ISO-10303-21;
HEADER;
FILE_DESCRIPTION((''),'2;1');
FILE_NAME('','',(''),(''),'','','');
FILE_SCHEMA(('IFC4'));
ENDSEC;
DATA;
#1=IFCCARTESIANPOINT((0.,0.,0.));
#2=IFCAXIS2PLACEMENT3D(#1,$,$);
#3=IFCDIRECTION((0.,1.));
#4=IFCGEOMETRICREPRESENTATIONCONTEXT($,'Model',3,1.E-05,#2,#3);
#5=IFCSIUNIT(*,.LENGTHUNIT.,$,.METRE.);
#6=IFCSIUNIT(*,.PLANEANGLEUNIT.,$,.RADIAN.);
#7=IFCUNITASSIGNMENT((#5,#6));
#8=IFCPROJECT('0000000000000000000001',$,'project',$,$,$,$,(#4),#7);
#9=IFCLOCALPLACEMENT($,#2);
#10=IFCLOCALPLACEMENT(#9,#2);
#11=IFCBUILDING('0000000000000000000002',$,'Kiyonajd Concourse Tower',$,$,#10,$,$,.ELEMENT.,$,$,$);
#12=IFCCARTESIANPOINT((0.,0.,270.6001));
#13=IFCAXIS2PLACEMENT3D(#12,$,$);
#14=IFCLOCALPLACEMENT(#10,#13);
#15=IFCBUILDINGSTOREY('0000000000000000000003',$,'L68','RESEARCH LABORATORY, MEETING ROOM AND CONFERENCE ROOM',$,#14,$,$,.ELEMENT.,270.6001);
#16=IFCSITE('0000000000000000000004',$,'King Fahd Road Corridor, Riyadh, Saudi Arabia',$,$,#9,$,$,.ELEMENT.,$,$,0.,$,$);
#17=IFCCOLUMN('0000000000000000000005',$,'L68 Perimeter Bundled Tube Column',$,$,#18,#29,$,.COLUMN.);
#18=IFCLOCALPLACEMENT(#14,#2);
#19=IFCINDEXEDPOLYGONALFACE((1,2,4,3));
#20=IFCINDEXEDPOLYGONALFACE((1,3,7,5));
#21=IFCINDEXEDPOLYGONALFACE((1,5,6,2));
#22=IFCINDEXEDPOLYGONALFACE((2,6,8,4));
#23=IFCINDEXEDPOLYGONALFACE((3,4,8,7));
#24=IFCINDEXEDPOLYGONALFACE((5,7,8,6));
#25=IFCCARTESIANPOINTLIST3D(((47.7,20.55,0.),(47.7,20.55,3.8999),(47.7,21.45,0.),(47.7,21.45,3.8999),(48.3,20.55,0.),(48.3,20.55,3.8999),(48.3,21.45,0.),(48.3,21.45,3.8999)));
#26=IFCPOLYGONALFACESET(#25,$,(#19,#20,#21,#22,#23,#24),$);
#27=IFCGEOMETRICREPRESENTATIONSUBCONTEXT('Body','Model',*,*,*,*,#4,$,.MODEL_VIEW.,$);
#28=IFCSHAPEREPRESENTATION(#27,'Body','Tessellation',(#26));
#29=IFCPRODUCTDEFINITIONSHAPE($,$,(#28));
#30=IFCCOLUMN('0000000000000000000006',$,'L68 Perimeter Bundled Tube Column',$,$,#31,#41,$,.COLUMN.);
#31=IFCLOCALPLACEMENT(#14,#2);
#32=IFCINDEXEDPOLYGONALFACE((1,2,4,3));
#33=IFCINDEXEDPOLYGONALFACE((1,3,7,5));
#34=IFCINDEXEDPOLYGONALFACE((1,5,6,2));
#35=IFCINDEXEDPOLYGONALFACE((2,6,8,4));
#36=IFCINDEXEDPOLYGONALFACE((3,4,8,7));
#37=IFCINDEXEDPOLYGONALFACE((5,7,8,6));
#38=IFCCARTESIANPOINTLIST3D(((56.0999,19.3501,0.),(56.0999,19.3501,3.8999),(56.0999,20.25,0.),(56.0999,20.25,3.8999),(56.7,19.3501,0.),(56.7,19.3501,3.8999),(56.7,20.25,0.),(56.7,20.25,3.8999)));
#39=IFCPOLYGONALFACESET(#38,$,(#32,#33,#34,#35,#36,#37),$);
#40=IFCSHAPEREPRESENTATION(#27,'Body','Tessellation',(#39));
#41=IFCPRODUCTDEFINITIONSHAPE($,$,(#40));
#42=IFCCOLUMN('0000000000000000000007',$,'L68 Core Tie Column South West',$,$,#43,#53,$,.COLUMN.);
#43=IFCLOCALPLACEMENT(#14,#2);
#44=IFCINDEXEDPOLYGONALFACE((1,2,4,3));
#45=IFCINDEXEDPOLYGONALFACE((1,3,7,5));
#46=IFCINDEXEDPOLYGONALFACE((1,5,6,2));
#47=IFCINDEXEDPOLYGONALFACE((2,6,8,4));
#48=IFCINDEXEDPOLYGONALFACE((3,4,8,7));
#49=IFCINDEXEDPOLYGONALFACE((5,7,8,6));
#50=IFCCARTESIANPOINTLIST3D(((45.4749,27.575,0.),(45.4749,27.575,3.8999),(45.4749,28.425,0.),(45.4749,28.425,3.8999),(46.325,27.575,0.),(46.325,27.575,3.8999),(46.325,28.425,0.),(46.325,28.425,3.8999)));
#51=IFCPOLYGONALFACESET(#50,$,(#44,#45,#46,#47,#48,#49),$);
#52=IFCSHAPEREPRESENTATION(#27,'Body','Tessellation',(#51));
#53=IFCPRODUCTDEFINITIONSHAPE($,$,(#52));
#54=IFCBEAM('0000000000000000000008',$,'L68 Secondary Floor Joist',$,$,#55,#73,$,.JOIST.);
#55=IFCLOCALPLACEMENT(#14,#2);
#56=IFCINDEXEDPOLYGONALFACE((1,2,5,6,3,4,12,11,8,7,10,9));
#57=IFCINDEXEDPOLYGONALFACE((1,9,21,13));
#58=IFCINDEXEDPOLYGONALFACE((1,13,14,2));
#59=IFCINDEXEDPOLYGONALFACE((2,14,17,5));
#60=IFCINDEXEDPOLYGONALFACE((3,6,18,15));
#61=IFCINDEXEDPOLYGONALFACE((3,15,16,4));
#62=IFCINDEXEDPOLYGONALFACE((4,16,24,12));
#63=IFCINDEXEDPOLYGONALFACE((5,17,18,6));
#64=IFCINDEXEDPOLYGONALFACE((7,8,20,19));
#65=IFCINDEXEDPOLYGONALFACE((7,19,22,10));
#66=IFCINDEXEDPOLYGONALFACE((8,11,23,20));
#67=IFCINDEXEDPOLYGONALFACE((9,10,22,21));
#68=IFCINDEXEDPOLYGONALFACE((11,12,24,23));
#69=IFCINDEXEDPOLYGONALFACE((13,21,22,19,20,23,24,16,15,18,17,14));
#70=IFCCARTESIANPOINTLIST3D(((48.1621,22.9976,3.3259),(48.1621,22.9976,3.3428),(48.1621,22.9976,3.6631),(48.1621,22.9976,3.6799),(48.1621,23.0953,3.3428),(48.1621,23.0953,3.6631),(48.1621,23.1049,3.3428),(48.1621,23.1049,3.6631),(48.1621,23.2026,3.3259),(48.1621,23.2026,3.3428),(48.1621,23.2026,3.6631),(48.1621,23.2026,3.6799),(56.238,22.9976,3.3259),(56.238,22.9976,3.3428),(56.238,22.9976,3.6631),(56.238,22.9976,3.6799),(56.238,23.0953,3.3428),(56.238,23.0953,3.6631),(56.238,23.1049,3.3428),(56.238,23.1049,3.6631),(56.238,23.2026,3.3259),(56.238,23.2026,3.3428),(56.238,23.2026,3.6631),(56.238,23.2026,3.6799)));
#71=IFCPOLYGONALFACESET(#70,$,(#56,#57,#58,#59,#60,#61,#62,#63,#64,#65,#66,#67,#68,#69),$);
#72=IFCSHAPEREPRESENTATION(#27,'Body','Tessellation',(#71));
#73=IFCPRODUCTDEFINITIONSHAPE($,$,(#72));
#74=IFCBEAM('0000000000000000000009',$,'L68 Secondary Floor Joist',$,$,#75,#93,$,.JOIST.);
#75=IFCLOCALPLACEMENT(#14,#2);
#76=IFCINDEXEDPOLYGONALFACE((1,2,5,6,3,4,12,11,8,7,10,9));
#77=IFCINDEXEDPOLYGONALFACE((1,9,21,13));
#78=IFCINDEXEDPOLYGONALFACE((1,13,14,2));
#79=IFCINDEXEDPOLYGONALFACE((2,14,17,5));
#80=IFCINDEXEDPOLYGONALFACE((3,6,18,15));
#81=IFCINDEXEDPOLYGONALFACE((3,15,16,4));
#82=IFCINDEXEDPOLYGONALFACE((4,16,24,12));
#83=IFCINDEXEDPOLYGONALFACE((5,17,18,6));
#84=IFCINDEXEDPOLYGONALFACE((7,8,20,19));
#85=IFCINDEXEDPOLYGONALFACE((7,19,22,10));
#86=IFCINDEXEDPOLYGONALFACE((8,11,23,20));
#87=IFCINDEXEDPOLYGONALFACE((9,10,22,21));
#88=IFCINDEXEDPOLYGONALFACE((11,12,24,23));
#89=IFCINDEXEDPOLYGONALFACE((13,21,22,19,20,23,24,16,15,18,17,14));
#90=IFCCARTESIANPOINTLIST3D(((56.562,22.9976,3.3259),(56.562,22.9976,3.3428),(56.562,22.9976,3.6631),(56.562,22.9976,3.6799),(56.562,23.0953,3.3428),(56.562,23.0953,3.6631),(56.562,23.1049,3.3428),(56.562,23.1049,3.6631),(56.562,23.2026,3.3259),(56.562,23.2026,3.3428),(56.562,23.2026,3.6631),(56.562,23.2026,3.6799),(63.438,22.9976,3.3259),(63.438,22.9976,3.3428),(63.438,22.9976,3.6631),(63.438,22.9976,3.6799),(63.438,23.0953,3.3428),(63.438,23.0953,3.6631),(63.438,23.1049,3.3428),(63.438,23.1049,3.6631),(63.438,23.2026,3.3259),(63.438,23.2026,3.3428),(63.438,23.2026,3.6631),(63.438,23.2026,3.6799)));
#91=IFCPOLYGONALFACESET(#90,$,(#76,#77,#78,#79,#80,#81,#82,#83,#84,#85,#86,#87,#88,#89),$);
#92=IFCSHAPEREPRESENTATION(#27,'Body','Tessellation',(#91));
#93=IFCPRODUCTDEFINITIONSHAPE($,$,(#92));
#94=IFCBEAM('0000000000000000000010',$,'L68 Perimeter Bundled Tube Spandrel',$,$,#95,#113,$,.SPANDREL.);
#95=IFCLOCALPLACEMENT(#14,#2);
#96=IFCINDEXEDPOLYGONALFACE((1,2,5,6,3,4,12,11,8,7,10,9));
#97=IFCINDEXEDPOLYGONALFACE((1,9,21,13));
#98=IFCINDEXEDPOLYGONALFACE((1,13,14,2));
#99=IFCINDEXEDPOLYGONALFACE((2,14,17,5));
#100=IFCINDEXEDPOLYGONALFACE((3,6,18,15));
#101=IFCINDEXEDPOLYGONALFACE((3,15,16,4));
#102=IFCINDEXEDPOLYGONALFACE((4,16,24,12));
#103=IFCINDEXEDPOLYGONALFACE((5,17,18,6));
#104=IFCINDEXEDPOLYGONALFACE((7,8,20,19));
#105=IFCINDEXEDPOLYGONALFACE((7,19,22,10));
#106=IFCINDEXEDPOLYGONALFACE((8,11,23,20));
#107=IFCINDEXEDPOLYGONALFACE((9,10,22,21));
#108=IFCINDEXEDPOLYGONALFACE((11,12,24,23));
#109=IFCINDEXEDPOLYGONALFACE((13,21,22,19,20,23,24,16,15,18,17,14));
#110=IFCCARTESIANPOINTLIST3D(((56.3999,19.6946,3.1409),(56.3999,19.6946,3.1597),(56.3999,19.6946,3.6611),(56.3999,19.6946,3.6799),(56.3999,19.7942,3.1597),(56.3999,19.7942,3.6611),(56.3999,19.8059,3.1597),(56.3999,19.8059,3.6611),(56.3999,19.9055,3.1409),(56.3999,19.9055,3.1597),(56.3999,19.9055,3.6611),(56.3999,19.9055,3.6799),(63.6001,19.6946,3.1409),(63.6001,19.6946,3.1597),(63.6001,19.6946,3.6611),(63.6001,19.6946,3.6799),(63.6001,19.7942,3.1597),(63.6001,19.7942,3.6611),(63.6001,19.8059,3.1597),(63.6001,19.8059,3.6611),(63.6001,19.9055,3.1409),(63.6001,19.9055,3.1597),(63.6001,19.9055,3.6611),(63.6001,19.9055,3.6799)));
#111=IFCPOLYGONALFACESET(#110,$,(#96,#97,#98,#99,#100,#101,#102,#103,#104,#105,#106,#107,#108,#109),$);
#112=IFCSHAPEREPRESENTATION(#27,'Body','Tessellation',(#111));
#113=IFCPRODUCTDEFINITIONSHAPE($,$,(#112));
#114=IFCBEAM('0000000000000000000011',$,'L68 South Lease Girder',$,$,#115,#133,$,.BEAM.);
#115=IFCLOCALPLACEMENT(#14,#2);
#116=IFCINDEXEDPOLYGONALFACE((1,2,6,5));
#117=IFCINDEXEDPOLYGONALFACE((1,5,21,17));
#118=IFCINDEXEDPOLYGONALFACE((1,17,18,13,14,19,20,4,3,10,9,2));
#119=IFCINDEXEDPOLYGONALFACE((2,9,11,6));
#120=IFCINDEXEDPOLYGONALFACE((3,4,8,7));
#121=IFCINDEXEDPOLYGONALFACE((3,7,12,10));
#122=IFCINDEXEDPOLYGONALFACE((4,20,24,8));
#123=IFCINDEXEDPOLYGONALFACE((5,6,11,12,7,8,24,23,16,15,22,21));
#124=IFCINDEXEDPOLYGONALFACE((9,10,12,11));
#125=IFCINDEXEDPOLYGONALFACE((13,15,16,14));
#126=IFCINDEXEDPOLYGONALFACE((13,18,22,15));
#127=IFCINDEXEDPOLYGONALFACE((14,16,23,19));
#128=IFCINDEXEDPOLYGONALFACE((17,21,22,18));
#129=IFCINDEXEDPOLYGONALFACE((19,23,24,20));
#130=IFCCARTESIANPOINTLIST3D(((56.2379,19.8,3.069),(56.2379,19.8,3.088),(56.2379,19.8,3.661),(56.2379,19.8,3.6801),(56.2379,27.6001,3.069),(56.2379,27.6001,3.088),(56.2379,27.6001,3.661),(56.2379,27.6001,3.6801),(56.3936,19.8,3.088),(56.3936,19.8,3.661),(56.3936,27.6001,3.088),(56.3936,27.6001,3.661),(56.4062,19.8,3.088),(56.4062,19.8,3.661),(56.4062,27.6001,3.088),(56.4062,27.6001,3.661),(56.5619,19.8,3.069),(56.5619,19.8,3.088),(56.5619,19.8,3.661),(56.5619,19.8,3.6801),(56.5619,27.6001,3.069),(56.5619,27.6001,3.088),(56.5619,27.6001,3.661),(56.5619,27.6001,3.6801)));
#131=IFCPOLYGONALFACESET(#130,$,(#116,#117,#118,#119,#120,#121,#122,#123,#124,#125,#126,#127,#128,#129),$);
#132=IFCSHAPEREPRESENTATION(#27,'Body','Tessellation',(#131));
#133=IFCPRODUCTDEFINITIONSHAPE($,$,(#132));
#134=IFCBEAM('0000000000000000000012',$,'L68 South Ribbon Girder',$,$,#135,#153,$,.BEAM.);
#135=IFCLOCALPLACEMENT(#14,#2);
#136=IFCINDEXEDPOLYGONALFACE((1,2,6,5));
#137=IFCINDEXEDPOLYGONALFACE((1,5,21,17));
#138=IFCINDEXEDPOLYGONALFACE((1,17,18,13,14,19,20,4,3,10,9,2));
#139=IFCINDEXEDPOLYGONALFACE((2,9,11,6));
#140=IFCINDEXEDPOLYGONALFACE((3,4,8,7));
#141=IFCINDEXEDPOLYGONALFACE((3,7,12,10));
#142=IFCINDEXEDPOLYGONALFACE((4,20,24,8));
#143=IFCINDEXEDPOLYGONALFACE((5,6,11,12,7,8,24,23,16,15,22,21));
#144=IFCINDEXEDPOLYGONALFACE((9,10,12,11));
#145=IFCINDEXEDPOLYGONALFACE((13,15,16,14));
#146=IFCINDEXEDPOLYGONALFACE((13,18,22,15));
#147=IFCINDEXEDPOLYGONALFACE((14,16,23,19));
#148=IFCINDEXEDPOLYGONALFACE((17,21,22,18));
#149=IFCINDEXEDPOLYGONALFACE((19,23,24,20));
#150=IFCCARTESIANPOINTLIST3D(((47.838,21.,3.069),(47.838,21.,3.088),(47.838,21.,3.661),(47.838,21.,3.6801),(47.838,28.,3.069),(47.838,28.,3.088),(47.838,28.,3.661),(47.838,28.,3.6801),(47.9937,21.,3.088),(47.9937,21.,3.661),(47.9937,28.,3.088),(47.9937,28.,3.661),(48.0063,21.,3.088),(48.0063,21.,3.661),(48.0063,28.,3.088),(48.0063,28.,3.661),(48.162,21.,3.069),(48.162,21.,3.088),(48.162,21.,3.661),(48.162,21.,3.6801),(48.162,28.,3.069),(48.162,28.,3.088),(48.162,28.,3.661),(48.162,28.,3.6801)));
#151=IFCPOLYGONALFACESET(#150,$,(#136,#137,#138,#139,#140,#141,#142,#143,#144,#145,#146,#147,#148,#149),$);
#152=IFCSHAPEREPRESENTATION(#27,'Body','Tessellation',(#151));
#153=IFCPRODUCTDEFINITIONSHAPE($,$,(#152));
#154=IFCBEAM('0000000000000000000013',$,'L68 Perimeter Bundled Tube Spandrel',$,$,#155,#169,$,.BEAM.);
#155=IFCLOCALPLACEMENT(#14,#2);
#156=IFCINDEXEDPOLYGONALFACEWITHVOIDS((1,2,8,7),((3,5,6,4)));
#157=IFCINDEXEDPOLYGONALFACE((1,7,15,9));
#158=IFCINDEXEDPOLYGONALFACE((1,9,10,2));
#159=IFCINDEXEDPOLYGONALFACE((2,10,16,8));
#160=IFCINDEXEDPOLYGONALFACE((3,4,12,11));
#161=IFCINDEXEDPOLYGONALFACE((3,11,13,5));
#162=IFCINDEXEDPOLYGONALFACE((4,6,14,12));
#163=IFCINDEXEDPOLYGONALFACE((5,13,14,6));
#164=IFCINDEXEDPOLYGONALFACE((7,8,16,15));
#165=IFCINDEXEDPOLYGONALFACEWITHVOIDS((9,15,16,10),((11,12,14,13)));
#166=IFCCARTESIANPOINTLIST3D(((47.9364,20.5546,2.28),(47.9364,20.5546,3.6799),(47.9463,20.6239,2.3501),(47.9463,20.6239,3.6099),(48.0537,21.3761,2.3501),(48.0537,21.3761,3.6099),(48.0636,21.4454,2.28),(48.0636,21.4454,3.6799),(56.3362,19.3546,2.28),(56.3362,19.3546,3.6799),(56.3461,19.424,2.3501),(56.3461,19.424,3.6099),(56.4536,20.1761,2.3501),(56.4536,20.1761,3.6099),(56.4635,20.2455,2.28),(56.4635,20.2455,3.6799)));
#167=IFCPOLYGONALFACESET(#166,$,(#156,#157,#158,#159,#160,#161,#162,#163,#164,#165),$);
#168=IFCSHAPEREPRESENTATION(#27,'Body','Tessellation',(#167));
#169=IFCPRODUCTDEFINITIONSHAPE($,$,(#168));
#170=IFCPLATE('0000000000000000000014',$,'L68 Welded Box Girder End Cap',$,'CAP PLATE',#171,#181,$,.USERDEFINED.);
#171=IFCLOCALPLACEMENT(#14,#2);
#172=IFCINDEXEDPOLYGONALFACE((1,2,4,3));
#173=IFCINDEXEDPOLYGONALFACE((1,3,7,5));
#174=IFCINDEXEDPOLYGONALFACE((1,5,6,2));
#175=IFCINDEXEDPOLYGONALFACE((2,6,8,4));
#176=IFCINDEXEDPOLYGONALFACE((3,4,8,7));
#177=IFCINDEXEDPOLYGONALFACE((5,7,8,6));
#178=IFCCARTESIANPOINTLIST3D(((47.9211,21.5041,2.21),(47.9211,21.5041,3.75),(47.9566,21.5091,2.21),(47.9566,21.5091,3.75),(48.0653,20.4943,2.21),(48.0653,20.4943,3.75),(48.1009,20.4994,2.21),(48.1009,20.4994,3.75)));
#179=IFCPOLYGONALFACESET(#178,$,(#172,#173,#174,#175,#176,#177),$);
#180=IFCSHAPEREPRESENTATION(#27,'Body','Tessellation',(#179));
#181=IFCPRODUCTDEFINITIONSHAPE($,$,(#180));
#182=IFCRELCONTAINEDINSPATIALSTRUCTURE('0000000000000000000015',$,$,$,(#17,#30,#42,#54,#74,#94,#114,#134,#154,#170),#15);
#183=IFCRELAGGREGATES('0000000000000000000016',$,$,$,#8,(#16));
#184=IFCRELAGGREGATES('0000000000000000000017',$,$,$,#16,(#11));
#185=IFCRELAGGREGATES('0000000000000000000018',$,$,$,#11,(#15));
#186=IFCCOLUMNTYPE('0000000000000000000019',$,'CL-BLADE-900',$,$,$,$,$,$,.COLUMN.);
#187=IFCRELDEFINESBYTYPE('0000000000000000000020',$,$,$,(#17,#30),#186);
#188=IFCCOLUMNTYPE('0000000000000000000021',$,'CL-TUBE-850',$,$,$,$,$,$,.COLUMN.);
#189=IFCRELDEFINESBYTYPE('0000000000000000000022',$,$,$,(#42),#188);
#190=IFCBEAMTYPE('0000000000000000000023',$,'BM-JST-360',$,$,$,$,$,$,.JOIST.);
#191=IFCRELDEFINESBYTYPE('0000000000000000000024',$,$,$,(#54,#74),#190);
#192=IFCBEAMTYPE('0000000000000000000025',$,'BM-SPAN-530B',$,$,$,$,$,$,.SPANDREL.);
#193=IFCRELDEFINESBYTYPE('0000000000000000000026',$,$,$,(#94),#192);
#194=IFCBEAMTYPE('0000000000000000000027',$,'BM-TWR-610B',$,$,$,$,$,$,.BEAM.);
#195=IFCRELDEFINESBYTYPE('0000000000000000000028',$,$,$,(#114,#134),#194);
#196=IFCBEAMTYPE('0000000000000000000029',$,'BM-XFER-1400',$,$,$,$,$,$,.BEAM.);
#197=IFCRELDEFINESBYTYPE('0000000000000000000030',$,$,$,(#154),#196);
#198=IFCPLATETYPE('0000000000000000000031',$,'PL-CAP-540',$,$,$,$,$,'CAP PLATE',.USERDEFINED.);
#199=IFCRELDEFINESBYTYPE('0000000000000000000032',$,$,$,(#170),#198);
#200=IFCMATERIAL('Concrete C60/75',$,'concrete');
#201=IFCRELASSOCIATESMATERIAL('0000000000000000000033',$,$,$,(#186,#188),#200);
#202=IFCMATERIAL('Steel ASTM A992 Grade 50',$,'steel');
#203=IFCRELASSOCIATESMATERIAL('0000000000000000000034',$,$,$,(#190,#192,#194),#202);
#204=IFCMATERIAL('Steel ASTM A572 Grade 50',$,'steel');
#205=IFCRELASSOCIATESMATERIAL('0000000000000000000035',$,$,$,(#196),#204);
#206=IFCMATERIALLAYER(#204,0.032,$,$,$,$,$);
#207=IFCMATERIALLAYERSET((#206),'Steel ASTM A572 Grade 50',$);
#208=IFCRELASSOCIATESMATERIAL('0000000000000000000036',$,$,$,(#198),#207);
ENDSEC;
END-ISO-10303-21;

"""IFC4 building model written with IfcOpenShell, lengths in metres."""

from ifc_helpers import new_model, si_unit, direction, frame, origin, origin_2d, place, context, subcontext, project, spatial, rectangle, hollow_rectangle, i_section, extrude, material, layer, layer_set, material_profile, profile_set, type_object, element, save


model = new_model("IFC4")

# Units and contexts
model_context = context("Model", 3, precision=1e-05, world=origin(), true_north=direction((0.0, 1.0)))
body_context = subcontext(model_context, "Body", "Model", "MODEL_VIEW")
ifc_project = project(units=[si_unit("LENGTHUNIT", "METRE"), si_unit("PLANEANGLEUNIT", "RADIAN")], contexts=[model_context])

# Site, building, storey
site_placement = place(None, origin())
site = spatial("IfcSite", under=ifc_project, at=site_placement, Name="King Fahd Road Corridor, Riyadh, Saudi Arabia", CompositionType="ELEMENT", RefElevation=0.0)
building_placement = place(site_placement, origin())
building = spatial("IfcBuilding", under=site, at=building_placement, Name="Kiyonajd Concourse Tower", CompositionType="ELEMENT")
storey_placement = place(building_placement, frame((0.0, 0.0, 270.6001)))
storey = spatial("IfcBuildingStorey", under=building, at=storey_placement, Name="L68", Description="RESEARCH LABORATORY, MEETING ROOM AND CONFERENCE ROOM", CompositionType="ELEMENT", Elevation=270.6001)

# Columns
ifc_material_1 = material(Name="Concrete C60/75", Category="concrete")
ifc_material_profile_1 = material_profile(ifc_material_1, rectangle(XDim=0.6001, YDim=0.8999, at=origin_2d()), Name="RC-900x600")
ifc_profile_set_1 = profile_set([ifc_material_profile_1], Name="Concrete C60/75")
column_type_1 = type_object("IfcColumnType", Name="CL-BLADE-900", PredefinedType="COLUMN", material=ifc_profile_set_1)
for number, where, z_axis, x_axis, name in (
    (1, (48.0, 21.0, 0.0), (0.0, 0.0, 1.0), (1.0, 0.0, 0.0), "L68 Perimeter Bundled Tube Column"),
    (2, (56.3999, 19.8, 0.0), (0.0, 0.0, 1.0), (1.0, 0.0, 0.0), "L68 Perimeter Bundled Tube Column"),
):
    element("IfcColumn", number, at=place(storey_placement, frame(where, z_axis=z_axis, x_axis=x_axis)), inside=storey, type_object=column_type_1, Name=name, PredefinedType="COLUMN", context=body_context, shape_type="SweptSolid", body=[
        extrude(rectangle(XDim=0.6001, YDim=0.8999, at=origin_2d()), origin(), (0.0, 0.0, 1.0), 3.8999),
    ])
ifc_material_profile_2 = material_profile(ifc_material_1, rectangle(XDim=0.8501, YDim=0.8501, at=origin_2d()), Name="RC-850x850")
ifc_profile_set_2 = profile_set([ifc_material_profile_2], Name="Concrete C60/75")
column_type_2 = type_object("IfcColumnType", Name="CL-TUBE-850", PredefinedType="COLUMN", material=ifc_profile_set_2)
column_placement = place(storey_placement, frame((45.8999, 28.0, 0.0), z_axis=(0.0, 0.0, 1.0), x_axis=(1.0, 0.0, 0.0)))
element("IfcColumn", 3, at=column_placement, inside=storey, type_object=column_type_2, Name="L68 Core Tie Column South West", PredefinedType="COLUMN", context=body_context, shape_type="SweptSolid", body=[
    extrude(rectangle(XDim=0.8501, YDim=0.8501, at=origin_2d()), origin(), (0.0, 0.0, 1.0), 3.8999),
])

# Beams
ifc_material_2 = material(Name="Steel ASTM A992 Grade 50", Category="steel")
ifc_material_profile_3 = material_profile(ifc_material_2, i_section(OverallWidth=0.2051, OverallDepth=0.354, WebThickness=0.0095, FlangeThickness=0.0168, at=origin_2d()), Name="W360X79")
ifc_profile_set_3 = profile_set([ifc_material_profile_3], Name="Steel ASTM A992 Grade 50")
beam_type_1 = type_object("IfcBeamType", Name="BM-JST-360", PredefinedType="JOIST", material=ifc_profile_set_3)
beam_1_placement = place(storey_placement, frame((48.1621, 23.1001, 3.5029), z_axis=(1.0, 0.0, 0.0), x_axis=(0.0, 1.0, 0.0)))
element("IfcBeam", 4, at=beam_1_placement, inside=storey, type_object=beam_type_1, Name="L68 Secondary Floor Joist", PredefinedType="JOIST", context=body_context, shape_type="SweptSolid", body=[
    extrude(i_section(OverallWidth=0.2051, OverallDepth=0.354, WebThickness=0.0095, FlangeThickness=0.0168, at=origin_2d()), origin(), (0.0, 0.0, 1.0), 8.0759),
])
beam_2_placement = place(storey_placement, frame((56.562, 23.1001, 3.5029), z_axis=(1.0, 0.0, 0.0), x_axis=(0.0, 1.0, 0.0)))
element("IfcBeam", 5, at=beam_2_placement, inside=storey, type_object=beam_type_1, Name="L68 Secondary Floor Joist", PredefinedType="JOIST", context=body_context, shape_type="SweptSolid", body=[
    extrude(i_section(OverallWidth=0.2051, OverallDepth=0.354, WebThickness=0.0095, FlangeThickness=0.0168, at=origin_2d()), origin(), (0.0, 0.0, 1.0), 6.876),
])
ifc_material_profile_4 = material_profile(ifc_material_2, i_section(OverallWidth=0.2109, OverallDepth=0.5391, WebThickness=0.0117, FlangeThickness=0.0188, at=origin_2d()), Name="W530X109")
ifc_profile_set_4 = profile_set([ifc_material_profile_4], Name="Steel ASTM A992 Grade 50")
beam_type_2 = type_object("IfcBeamType", Name="BM-SPAN-530B", PredefinedType="SPANDREL", material=ifc_profile_set_4)
beam_3_placement = place(storey_placement, frame((56.3999, 19.8, 3.4104), z_axis=(1.0, 0.0, 0.0), x_axis=(0.0, 1.0, 0.0)))
element("IfcBeam", 6, at=beam_3_placement, inside=storey, type_object=beam_type_2, Name="L68 Perimeter Bundled Tube Spandrel", PredefinedType="SPANDREL", context=body_context, shape_type="SweptSolid", body=[
    extrude(i_section(OverallWidth=0.2109, OverallDepth=0.5391, WebThickness=0.0117, FlangeThickness=0.0188, at=origin_2d()), origin(), (0.0, 0.0, 1.0), 7.2002),
])
ifc_material_profile_5 = material_profile(ifc_material_2, i_section(OverallWidth=0.324, OverallDepth=0.6111, WebThickness=0.0127, FlangeThickness=0.019, at=origin_2d()), Name="W610X155")
ifc_profile_set_5 = profile_set([ifc_material_profile_5], Name="Steel ASTM A992 Grade 50")
beam_type_3 = type_object("IfcBeamType", Name="BM-TWR-610B", PredefinedType="BEAM", material=ifc_profile_set_5)
beam_4_placement = place(storey_placement, frame((56.3999, 19.8, 3.3745), z_axis=(0.0, 1.0, 0.0), x_axis=(-1.0, 0.0, 0.0)))
element("IfcBeam", 7, at=beam_4_placement, inside=storey, type_object=beam_type_3, Name="L68 South Lease Girder", PredefinedType="BEAM", context=body_context, shape_type="SweptSolid", body=[
    extrude(i_section(OverallWidth=0.324, OverallDepth=0.6111, WebThickness=0.0127, FlangeThickness=0.019, at=origin_2d()), origin(), (0.0, 0.0, 1.0), 7.8),
])
beam_5_placement = place(storey_placement, frame((48.0, 21.0, 3.3745), z_axis=(0.0, 1.0, 0.0), x_axis=(-1.0, 0.0, 0.0)))
element("IfcBeam", 8, at=beam_5_placement, inside=storey, type_object=beam_type_3, Name="L68 South Ribbon Girder", PredefinedType="BEAM", context=body_context, shape_type="SweptSolid", body=[
    extrude(i_section(OverallWidth=0.324, OverallDepth=0.6111, WebThickness=0.0127, FlangeThickness=0.019, at=origin_2d()), origin(), (0.0, 0.0, 1.0), 7.0),
])
ifc_material_3 = material(Name="Steel ASTM A572 Grade 50", Category="steel")
ifc_material_profile_6 = material_profile(ifc_material_3, hollow_rectangle(XDim=0.8999, YDim=1.3999, WallThickness=0.0701, at=origin_2d()), Name="BOX-1400x900x70")
ifc_profile_set_6 = profile_set([ifc_material_profile_6], Name="Steel ASTM A572 Grade 50")
beam_type_4 = type_object("IfcBeamType", Name="BM-XFER-1400", PredefinedType="BEAM", material=ifc_profile_set_6)
beam_6_placement = place(storey_placement, frame((48.0, 21.0, 2.98), z_axis=(0.98995, -0.141417, 0.0), x_axis=(0.141417, 0.98995, 0.0)))
element("IfcBeam", 9, at=beam_6_placement, inside=storey, type_object=beam_type_4, Name="L68 Perimeter Bundled Tube Spandrel", PredefinedType="BEAM", context=body_context, shape_type="SweptSolid", body=[
    extrude(hollow_rectangle(XDim=0.8999, YDim=1.3999, WallThickness=0.0701, at=origin_2d()), origin(), (0.0, 0.0, 1.0), 8.4851),
])

# Plate
ifc_layer_1 = layer(ifc_material_3, 0.032)
ifc_layer_set_1 = layer_set([ifc_layer_1], Name="Steel ASTM A572 Grade 50")
plate_type_1 = type_object("IfcPlateType", Name="PL-CAP-540", ElementType="CAP PLATE", PredefinedType="USERDEFINED", material=ifc_layer_set_1)
for number, where, z_axis, x_axis, name in (
    (10, (48.011, 21.0017, 2.21), (0.0, 0.0, 1.0), (0.98995, 0.14142, 0.0), "L68 Welded Box Girder End Cap"),
):
    element("IfcPlate", number, at=place(storey_placement, frame(where, z_axis=z_axis, x_axis=x_axis)), inside=storey, type_object=plate_type_1, Name=name, ObjectType="CAP PLATE", PredefinedType="USERDEFINED", context=body_context, shape_type="SweptSolid", body=[
        extrude(rectangle(XDim=0.0359, YDim=1.02, at=origin_2d()), origin(), (0.0, 0.0, 1.0), 1.54),
    ])

save(model, "model.ifc")
